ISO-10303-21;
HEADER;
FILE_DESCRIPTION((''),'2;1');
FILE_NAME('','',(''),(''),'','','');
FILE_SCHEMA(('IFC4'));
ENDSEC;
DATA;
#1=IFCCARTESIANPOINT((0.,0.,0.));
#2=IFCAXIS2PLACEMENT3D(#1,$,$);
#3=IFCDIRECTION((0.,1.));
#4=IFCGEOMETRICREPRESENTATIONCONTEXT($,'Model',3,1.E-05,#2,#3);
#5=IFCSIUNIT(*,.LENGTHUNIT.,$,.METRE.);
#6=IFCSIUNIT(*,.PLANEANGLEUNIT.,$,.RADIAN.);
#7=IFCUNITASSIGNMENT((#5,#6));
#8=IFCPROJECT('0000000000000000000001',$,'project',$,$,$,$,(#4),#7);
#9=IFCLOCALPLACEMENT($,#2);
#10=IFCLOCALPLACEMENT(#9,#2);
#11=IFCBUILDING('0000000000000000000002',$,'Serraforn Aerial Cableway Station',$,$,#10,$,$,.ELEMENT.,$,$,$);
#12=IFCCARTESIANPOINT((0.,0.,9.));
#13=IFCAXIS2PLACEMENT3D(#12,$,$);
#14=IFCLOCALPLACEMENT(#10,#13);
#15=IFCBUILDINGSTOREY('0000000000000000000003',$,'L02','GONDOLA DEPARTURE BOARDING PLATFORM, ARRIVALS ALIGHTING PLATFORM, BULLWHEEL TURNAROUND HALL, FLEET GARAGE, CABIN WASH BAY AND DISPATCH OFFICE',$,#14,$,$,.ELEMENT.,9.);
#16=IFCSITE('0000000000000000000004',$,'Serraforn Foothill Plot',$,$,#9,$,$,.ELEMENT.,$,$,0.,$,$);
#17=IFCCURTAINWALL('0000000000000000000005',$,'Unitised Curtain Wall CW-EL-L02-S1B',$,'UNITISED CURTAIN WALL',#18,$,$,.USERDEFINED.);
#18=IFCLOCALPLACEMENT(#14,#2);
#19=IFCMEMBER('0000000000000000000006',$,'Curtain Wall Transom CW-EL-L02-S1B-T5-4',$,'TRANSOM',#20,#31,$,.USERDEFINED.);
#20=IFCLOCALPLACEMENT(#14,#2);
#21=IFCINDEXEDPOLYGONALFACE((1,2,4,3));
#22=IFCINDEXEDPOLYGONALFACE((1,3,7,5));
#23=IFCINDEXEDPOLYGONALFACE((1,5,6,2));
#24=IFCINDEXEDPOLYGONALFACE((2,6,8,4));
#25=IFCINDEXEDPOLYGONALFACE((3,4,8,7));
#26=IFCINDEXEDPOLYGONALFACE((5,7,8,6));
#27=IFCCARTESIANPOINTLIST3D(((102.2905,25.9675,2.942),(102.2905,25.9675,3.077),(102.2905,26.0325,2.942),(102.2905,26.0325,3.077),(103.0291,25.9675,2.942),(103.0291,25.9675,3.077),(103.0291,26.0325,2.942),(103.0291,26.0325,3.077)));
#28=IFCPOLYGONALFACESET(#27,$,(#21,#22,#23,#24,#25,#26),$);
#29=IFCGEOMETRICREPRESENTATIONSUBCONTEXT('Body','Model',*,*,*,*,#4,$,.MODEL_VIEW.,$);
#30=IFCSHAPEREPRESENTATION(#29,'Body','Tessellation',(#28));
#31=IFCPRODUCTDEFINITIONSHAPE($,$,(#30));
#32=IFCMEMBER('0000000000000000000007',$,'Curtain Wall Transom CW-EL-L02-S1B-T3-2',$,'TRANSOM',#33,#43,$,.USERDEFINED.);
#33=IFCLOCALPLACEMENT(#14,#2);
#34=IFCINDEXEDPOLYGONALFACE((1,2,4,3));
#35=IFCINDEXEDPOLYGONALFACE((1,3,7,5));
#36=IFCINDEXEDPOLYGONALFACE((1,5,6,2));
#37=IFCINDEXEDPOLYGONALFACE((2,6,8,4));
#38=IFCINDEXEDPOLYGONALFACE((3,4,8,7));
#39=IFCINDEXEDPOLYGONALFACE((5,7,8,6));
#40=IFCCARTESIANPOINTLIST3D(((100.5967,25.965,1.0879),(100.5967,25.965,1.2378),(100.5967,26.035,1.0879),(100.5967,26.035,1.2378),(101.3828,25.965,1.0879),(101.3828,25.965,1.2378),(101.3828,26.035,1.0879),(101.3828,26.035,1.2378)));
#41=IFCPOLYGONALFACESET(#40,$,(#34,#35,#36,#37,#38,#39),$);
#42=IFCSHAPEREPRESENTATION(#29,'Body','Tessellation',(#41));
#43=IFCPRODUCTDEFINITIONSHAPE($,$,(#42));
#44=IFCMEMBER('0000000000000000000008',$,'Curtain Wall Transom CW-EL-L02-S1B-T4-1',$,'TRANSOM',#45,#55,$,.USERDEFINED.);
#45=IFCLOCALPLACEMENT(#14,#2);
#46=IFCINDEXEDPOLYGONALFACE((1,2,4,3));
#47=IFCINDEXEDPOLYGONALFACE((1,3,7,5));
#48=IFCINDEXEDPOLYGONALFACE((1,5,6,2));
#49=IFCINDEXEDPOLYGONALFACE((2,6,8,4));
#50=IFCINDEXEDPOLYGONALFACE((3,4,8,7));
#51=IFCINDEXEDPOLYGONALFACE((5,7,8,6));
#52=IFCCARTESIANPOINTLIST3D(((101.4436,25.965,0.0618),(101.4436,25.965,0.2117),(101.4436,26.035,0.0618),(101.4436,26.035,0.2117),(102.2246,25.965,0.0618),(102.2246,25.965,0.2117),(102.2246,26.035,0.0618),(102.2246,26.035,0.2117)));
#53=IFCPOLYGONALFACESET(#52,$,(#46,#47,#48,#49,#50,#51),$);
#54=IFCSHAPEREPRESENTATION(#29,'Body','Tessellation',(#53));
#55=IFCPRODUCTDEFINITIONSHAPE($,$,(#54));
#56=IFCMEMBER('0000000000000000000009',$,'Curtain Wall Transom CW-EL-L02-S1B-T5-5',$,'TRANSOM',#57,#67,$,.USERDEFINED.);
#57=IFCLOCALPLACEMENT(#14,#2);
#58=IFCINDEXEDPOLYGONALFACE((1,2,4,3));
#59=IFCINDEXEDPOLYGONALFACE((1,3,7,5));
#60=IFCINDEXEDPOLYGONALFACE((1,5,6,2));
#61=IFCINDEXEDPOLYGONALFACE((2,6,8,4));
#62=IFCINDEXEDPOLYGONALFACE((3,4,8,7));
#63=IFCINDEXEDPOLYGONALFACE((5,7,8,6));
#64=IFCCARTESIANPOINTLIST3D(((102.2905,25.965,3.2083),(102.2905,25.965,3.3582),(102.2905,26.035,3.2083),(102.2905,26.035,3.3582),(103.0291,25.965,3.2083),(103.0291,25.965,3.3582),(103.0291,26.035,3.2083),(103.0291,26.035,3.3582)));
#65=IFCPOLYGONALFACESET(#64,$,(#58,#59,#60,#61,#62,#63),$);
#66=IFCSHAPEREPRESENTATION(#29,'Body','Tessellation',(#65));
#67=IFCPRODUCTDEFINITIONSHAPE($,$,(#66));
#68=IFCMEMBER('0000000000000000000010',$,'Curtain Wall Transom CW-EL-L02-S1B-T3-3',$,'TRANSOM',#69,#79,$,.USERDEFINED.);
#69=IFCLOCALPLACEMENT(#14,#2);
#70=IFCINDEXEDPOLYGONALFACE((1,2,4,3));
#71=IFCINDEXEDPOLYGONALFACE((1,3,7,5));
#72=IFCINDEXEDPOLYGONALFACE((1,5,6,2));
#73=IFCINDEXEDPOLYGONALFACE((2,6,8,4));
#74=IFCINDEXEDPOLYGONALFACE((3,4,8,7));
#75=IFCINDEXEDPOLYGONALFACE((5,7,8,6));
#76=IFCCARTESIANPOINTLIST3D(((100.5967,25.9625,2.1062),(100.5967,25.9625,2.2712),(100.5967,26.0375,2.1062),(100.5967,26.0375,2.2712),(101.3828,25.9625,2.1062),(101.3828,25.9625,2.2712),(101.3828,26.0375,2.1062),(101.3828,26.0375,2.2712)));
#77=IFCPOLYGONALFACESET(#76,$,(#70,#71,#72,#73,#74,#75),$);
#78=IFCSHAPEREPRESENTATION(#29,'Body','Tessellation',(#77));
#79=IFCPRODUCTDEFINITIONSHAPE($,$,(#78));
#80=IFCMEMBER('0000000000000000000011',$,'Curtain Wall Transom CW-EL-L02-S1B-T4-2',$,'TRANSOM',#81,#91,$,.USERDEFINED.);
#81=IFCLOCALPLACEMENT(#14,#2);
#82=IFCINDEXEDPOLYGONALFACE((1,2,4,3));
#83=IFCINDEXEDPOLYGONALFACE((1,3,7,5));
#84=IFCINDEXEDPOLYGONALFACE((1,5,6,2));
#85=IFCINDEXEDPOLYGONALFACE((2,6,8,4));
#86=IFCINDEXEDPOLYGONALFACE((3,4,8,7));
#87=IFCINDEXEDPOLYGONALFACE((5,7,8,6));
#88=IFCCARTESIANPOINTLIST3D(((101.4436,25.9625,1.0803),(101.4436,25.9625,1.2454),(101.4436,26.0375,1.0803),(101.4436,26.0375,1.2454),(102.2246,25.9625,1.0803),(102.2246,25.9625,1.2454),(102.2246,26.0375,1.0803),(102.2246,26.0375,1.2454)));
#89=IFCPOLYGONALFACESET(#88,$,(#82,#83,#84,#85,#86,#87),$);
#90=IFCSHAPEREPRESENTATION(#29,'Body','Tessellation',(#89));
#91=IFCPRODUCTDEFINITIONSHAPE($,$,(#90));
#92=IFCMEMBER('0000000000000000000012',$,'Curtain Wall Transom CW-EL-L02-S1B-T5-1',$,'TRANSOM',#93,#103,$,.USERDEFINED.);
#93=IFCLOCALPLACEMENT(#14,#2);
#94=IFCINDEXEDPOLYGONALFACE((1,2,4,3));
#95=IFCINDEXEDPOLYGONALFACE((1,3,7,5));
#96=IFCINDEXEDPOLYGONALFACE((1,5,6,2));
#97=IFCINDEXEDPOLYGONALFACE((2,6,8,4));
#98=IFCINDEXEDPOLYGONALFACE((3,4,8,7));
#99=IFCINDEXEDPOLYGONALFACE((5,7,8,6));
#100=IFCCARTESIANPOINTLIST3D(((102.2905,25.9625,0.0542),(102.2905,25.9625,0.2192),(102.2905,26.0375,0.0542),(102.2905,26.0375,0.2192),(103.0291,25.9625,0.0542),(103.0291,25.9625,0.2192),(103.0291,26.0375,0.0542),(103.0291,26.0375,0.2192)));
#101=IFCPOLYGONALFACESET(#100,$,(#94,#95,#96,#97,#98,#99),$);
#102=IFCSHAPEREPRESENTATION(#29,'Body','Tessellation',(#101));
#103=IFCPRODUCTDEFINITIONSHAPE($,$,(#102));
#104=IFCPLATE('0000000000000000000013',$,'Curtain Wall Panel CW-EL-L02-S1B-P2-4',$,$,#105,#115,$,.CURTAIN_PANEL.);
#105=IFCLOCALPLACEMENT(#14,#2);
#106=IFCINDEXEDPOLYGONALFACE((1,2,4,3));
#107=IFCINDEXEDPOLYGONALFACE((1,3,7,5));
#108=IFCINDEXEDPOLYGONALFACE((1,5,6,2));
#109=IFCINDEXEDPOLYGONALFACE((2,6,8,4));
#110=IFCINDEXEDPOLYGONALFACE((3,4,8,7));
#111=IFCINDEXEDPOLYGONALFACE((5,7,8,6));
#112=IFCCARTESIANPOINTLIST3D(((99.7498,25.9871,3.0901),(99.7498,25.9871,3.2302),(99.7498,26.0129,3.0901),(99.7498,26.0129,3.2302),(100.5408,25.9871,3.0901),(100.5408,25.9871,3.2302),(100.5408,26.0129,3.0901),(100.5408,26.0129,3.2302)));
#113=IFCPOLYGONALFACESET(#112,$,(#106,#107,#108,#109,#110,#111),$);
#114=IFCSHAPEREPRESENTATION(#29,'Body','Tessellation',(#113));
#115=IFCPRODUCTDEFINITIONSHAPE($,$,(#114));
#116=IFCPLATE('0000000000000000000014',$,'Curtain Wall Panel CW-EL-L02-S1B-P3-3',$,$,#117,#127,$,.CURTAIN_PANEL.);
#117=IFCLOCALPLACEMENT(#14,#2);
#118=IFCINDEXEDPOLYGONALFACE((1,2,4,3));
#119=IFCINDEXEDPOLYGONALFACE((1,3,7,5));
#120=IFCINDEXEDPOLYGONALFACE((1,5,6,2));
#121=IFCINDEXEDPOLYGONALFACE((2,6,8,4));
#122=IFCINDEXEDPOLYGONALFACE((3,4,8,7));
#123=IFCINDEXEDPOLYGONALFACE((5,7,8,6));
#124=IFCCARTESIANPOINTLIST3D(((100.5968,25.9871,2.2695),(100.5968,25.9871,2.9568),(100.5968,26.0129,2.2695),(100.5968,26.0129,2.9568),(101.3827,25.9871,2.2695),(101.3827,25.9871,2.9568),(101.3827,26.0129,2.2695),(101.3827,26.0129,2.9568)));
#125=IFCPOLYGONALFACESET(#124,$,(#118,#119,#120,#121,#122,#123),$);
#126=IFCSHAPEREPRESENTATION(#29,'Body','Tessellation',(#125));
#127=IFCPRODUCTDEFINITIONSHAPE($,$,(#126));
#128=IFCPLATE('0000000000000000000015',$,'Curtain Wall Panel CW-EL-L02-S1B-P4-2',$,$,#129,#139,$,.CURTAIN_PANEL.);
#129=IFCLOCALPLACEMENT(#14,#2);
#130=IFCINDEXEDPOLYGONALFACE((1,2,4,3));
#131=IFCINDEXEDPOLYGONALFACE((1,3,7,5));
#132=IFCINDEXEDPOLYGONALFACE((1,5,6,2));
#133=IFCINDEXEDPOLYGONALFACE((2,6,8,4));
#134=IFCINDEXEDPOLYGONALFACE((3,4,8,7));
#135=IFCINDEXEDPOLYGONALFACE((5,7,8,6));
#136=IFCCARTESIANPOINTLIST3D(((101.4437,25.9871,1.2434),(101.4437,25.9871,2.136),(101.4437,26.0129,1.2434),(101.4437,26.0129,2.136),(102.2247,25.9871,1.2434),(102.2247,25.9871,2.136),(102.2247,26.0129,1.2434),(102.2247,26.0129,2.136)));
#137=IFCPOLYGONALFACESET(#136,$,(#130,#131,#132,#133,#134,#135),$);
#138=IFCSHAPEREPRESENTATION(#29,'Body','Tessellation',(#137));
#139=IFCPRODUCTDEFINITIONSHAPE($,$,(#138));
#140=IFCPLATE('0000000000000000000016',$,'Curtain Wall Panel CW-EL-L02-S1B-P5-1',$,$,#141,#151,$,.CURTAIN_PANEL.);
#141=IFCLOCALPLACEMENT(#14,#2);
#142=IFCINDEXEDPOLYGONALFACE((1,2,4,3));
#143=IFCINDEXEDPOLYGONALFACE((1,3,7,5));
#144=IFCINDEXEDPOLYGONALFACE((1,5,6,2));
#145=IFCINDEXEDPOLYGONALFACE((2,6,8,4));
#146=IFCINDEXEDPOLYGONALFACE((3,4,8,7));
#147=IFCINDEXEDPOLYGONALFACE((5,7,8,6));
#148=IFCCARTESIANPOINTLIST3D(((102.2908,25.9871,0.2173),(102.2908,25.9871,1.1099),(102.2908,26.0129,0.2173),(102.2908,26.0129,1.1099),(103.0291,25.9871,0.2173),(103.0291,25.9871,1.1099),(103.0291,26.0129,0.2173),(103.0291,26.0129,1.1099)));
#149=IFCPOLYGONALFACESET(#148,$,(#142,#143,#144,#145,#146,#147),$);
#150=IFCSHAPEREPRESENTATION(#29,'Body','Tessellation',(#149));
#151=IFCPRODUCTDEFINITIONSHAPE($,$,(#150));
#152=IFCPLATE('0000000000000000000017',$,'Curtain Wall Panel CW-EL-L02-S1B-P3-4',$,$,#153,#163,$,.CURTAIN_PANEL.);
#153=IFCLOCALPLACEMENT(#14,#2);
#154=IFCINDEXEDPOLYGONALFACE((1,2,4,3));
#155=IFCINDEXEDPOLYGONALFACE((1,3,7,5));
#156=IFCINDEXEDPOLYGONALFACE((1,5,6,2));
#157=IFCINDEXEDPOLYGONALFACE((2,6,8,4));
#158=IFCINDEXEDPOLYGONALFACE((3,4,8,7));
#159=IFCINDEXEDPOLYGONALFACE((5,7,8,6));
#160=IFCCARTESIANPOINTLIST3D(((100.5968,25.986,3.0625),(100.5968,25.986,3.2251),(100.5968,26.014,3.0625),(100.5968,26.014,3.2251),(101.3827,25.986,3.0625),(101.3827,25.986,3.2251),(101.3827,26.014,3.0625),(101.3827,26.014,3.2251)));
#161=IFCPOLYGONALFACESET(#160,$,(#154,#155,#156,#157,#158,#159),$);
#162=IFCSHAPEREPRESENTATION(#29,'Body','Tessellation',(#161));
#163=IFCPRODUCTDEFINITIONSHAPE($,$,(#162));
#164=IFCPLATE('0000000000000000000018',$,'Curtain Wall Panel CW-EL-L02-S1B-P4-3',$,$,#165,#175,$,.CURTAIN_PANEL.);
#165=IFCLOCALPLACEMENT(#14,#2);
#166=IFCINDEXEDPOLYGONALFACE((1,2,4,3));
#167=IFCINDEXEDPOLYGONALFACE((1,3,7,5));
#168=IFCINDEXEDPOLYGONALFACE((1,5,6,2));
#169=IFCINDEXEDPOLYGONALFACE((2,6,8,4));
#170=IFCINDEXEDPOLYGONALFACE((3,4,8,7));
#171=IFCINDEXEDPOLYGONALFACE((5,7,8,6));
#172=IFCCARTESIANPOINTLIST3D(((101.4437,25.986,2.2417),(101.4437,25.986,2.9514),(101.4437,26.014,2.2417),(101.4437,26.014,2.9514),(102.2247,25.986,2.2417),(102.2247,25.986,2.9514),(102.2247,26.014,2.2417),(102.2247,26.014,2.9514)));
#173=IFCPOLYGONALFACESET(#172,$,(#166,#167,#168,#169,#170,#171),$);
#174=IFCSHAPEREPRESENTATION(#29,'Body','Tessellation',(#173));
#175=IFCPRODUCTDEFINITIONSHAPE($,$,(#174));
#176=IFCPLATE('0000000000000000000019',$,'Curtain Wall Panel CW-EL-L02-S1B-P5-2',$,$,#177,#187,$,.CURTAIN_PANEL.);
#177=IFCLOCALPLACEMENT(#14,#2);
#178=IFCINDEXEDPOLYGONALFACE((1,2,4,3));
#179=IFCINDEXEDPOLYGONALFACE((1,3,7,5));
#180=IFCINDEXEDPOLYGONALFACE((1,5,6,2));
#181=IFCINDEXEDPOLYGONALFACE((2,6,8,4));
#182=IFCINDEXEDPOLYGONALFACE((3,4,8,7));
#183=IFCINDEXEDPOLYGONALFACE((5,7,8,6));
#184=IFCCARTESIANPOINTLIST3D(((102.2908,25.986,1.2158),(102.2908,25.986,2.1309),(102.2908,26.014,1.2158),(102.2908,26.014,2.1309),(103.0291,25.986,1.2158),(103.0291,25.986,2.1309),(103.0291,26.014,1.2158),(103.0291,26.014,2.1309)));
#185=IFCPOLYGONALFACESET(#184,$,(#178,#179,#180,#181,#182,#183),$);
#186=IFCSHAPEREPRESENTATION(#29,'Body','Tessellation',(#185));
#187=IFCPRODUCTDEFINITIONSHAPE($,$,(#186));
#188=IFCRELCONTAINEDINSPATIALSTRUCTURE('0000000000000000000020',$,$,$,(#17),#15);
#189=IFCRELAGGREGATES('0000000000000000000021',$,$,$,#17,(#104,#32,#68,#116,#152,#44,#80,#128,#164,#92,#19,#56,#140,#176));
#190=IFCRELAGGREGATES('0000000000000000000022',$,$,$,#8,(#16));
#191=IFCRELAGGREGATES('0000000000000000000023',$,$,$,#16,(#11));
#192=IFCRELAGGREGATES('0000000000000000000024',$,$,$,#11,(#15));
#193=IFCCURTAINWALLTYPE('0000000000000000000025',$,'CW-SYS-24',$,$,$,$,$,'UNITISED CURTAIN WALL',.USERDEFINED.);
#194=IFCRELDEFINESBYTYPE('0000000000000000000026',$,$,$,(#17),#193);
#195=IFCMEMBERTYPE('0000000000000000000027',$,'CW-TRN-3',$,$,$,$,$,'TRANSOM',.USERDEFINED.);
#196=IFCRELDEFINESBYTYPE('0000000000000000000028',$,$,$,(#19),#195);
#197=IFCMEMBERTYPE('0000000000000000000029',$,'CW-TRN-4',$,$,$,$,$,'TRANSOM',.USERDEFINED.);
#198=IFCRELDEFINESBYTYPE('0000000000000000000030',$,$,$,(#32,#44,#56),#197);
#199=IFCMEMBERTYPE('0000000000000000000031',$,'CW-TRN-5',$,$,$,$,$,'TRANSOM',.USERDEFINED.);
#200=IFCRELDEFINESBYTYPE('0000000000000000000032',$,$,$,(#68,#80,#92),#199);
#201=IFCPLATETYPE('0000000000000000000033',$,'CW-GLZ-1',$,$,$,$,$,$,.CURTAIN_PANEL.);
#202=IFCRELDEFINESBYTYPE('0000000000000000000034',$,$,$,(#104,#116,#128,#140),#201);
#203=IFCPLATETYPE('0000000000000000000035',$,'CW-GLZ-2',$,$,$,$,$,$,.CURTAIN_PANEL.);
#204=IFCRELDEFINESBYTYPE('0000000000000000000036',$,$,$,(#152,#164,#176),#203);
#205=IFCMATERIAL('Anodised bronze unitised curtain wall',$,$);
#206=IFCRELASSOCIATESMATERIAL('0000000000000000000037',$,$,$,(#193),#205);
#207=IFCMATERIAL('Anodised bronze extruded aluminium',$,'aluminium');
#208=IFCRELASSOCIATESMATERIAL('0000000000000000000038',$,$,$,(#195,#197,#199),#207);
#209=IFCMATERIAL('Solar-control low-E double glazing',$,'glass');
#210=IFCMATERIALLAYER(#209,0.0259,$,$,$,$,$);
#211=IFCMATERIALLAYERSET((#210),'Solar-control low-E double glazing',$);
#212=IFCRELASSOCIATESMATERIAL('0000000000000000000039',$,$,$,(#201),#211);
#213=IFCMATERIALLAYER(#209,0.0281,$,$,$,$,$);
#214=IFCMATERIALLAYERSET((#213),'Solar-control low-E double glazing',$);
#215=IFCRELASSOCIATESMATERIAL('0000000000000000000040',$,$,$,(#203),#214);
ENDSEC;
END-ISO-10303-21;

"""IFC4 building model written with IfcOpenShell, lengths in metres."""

from ifc_helpers import new_model, si_unit, direction, frame, origin, origin_2d, place, context, subcontext, project, spatial, rectangle, extrude, material, layer, layer_set, material_profile, profile_set, type_object, element, aggregate, save


model = new_model("IFC4")

# Units and contexts
model_context = context("Model", 3, precision=1e-05, world=origin(), true_north=direction((0.0, 1.0)))
body_context = subcontext(model_context, "Body", "Model", "MODEL_VIEW")
ifc_project = project(units=[si_unit("LENGTHUNIT", "METRE"), si_unit("PLANEANGLEUNIT", "RADIAN")], contexts=[model_context])

# Site, building, storey
site_placement = place(None, origin())
site = spatial("IfcSite", under=ifc_project, at=site_placement, Name="Serraforn Foothill Plot", CompositionType="ELEMENT", RefElevation=0.0)
building_placement = place(site_placement, origin())
building = spatial("IfcBuilding", under=site, at=building_placement, Name="Serraforn Aerial Cableway Station", CompositionType="ELEMENT")
storey_placement = place(building_placement, frame((0.0, 0.0, 9.0)))
storey = spatial("IfcBuildingStorey", under=building, at=storey_placement, Name="L02", Description="GONDOLA DEPARTURE BOARDING PLATFORM, ARRIVALS ALIGHTING PLATFORM, BULLWHEEL TURNAROUND HALL, FLEET GARAGE, CABIN WASH BAY AND DISPATCH OFFICE", CompositionType="ELEMENT", Elevation=9.0)

# Shared definitions
ifc_material_1 = material(Name="Anodised bronze unitised curtain wall")
ifc_material_2 = material(Name="Anodised bronze extruded aluminium", Category="aluminium")

# Curtain wall
curtain_wall_type_1 = type_object("IfcCurtainWallType", Name="CW-SYS-24", ElementType="UNITISED CURTAIN WALL", PredefinedType="USERDEFINED", material=ifc_material_1)
curtain_wall_1_placement = place(storey_placement, origin())
curtain_wall_1 = element("IfcCurtainWall", 1, at=curtain_wall_1_placement, inside=storey, type_object=curtain_wall_type_1, Name="Unitised Curtain Wall CW-EL-L02-S1B", ObjectType="UNITISED CURTAIN WALL", PredefinedType="USERDEFINED")

# Members
ifc_material_profile_1 = material_profile(ifc_material_2, rectangle(XDim=0.0649, YDim=0.135, at=origin_2d()), Name="CW TRANSOM 65x135")
ifc_profile_set_1 = profile_set([ifc_material_profile_1], Name="Anodised bronze extruded aluminium")
member_type_1 = type_object("IfcMemberType", Name="CW-TRN-3", ElementType="TRANSOM", PredefinedType="USERDEFINED", material=ifc_profile_set_1)
member_1_placement = place(storey_placement, frame((102.2905, 26.0, 3.0095), z_axis=(1.0, 0.0, 0.0), x_axis=(0.0, 1.0, 0.0)))
member_1 = element("IfcMember", 2, at=member_1_placement, type_object=member_type_1, Name="Curtain Wall Transom CW-EL-L02-S1B-T5-4", ObjectType="TRANSOM", PredefinedType="USERDEFINED", context=body_context, shape_type="SweptSolid", body=[
    extrude(rectangle(XDim=0.0649, YDim=0.135, at=origin_2d()), origin(), (0.0, 0.0, 1.0), 0.7385),
])
ifc_material_profile_2 = material_profile(ifc_material_2, rectangle(XDim=0.0701, YDim=0.1499, at=origin_2d()), Name="CW TRANSOM 70x150")
ifc_profile_set_2 = profile_set([ifc_material_profile_2], Name="Anodised bronze extruded aluminium")
member_type_2 = type_object("IfcMemberType", Name="CW-TRN-4", ElementType="TRANSOM", PredefinedType="USERDEFINED", material=ifc_profile_set_2)
member_2_placement = place(storey_placement, frame((100.5967, 26.0, 1.1628), z_axis=(1.0, 0.0, 0.0), x_axis=(0.0, 1.0, 0.0)))
member_2 = element("IfcMember", 3, at=member_2_placement, type_object=member_type_2, Name="Curtain Wall Transom CW-EL-L02-S1B-T3-2", ObjectType="TRANSOM", PredefinedType="USERDEFINED", context=body_context, shape_type="SweptSolid", body=[
    extrude(rectangle(XDim=0.0701, YDim=0.1499, at=origin_2d()), origin(), (0.0, 0.0, 1.0), 0.7861),
])
member_3_placement = place(storey_placement, frame((101.4436, 26.0, 0.1367), z_axis=(1.0, 0.0, 0.0), x_axis=(0.0, 1.0, 0.0)))
member_3 = element("IfcMember", 4, at=member_3_placement, type_object=member_type_2, Name="Curtain Wall Transom CW-EL-L02-S1B-T4-1", ObjectType="TRANSOM", PredefinedType="USERDEFINED", context=body_context, shape_type="SweptSolid", body=[
    extrude(rectangle(XDim=0.0701, YDim=0.1499, at=origin_2d()), origin(), (0.0, 0.0, 1.0), 0.781),
])
member_4_placement = place(storey_placement, frame((102.2905, 26.0, 3.2832), z_axis=(1.0, 0.0, 0.0), x_axis=(0.0, 1.0, 0.0)))
member_4 = element("IfcMember", 5, at=member_4_placement, type_object=member_type_2, Name="Curtain Wall Transom CW-EL-L02-S1B-T5-5", ObjectType="TRANSOM", PredefinedType="USERDEFINED", context=body_context, shape_type="SweptSolid", body=[
    extrude(rectangle(XDim=0.0701, YDim=0.1499, at=origin_2d()), origin(), (0.0, 0.0, 1.0), 0.7385),
])
ifc_material_profile_3 = material_profile(ifc_material_2, rectangle(XDim=0.075, YDim=0.165, at=origin_2d()), Name="CW TRANSOM 75x165")
ifc_profile_set_3 = profile_set([ifc_material_profile_3], Name="Anodised bronze extruded aluminium")
member_type_3 = type_object("IfcMemberType", Name="CW-TRN-5", ElementType="TRANSOM", PredefinedType="USERDEFINED", material=ifc_profile_set_3)
member_5_placement = place(storey_placement, frame((100.5967, 26.0, 2.1887), z_axis=(1.0, 0.0, 0.0), x_axis=(0.0, 1.0, 0.0)))
member_5 = element("IfcMember", 6, at=member_5_placement, type_object=member_type_3, Name="Curtain Wall Transom CW-EL-L02-S1B-T3-3", ObjectType="TRANSOM", PredefinedType="USERDEFINED", context=body_context, shape_type="SweptSolid", body=[
    extrude(rectangle(XDim=0.075, YDim=0.165, at=origin_2d()), origin(), (0.0, 0.0, 1.0), 0.7861),
])
member_6_placement = place(storey_placement, frame((101.4436, 26.0, 1.1628), z_axis=(1.0, 0.0, 0.0), x_axis=(0.0, 1.0, 0.0)))
member_6 = element("IfcMember", 7, at=member_6_placement, type_object=member_type_3, Name="Curtain Wall Transom CW-EL-L02-S1B-T4-2", ObjectType="TRANSOM", PredefinedType="USERDEFINED", context=body_context, shape_type="SweptSolid", body=[
    extrude(rectangle(XDim=0.075, YDim=0.165, at=origin_2d()), origin(), (0.0, 0.0, 1.0), 0.781),
])
member_7_placement = place(storey_placement, frame((102.2905, 26.0, 0.1367), z_axis=(1.0, 0.0, 0.0), x_axis=(0.0, 1.0, 0.0)))
member_7 = element("IfcMember", 8, at=member_7_placement, type_object=member_type_3, Name="Curtain Wall Transom CW-EL-L02-S1B-T5-1", ObjectType="TRANSOM", PredefinedType="USERDEFINED", context=body_context, shape_type="SweptSolid", body=[
    extrude(rectangle(XDim=0.075, YDim=0.165, at=origin_2d()), origin(), (0.0, 0.0, 1.0), 0.7385),
])

# Plates
ifc_material_3 = material(Name="Solar-control low-E double glazing", Category="glass")
ifc_layer_1 = layer(ifc_material_3, 0.0259)
ifc_layer_set_1 = layer_set([ifc_layer_1], Name="Solar-control low-E double glazing")
plate_type_1 = type_object("IfcPlateType", Name="CW-GLZ-1", PredefinedType="CURTAIN_PANEL", material=ifc_layer_set_1)
plate_1_placement = place(storey_placement, frame((100.1453, 26.0, 3.0901), z_axis=(0.0, 0.0, 1.0), x_axis=(1.0, 0.0, 0.0)))
plate_1 = element("IfcPlate", 9, at=plate_1_placement, type_object=plate_type_1, Name="Curtain Wall Panel CW-EL-L02-S1B-P2-4", PredefinedType="CURTAIN_PANEL", context=body_context, shape_type="SweptSolid", body=[
    extrude(rectangle(XDim=0.791, YDim=0.0259, at=origin_2d()), origin(), (0.0, 0.0, 1.0), 0.1401),
])
plate_2_placement = place(storey_placement, frame((100.9897, 26.0, 2.2695), z_axis=(0.0, 0.0, 1.0), x_axis=(1.0, 0.0, 0.0)))
plate_2 = element("IfcPlate", 10, at=plate_2_placement, type_object=plate_type_1, Name="Curtain Wall Panel CW-EL-L02-S1B-P3-3", PredefinedType="CURTAIN_PANEL", context=body_context, shape_type="SweptSolid", body=[
    extrude(rectangle(XDim=0.7859, YDim=0.0259, at=origin_2d()), origin(), (0.0, 0.0, 1.0), 0.6873),
])
plate_3_placement = place(storey_placement, frame((101.8342, 26.0, 1.2434), z_axis=(0.0, 0.0, 1.0), x_axis=(1.0, 0.0, 0.0)))
plate_3 = element("IfcPlate", 11, at=plate_3_placement, type_object=plate_type_1, Name="Curtain Wall Panel CW-EL-L02-S1B-P4-2", PredefinedType="CURTAIN_PANEL", context=body_context, shape_type="SweptSolid", body=[
    extrude(rectangle(XDim=0.781, YDim=0.0259, at=origin_2d()), origin(), (0.0, 0.0, 1.0), 0.8926),
])
plate_4_placement = place(storey_placement, frame((102.6599, 26.0, 0.2173), z_axis=(0.0, 0.0, 1.0), x_axis=(1.0, 0.0, 0.0)))
plate_4 = element("IfcPlate", 12, at=plate_4_placement, type_object=plate_type_1, Name="Curtain Wall Panel CW-EL-L02-S1B-P5-1", PredefinedType="CURTAIN_PANEL", context=body_context, shape_type="SweptSolid", body=[
    extrude(rectangle(XDim=0.7383, YDim=0.0259, at=origin_2d()), origin(), (0.0, 0.0, 1.0), 0.8926),
])
ifc_layer_2 = layer(ifc_material_3, 0.0281)
ifc_layer_set_2 = layer_set([ifc_layer_2], Name="Solar-control low-E double glazing")
plate_type_2 = type_object("IfcPlateType", Name="CW-GLZ-2", PredefinedType="CURTAIN_PANEL", material=ifc_layer_set_2)
plate_5_placement = place(storey_placement, frame((100.9897, 26.0, 3.0625), z_axis=(0.0, 0.0, 1.0), x_axis=(1.0, 0.0, 0.0)))
plate_5 = element("IfcPlate", 13, at=plate_5_placement, type_object=plate_type_2, Name="Curtain Wall Panel CW-EL-L02-S1B-P3-4", PredefinedType="CURTAIN_PANEL", context=body_context, shape_type="SweptSolid", body=[
    extrude(rectangle(XDim=0.7859, YDim=0.0281, at=origin_2d()), origin(), (0.0, 0.0, 1.0), 0.1626),
])
plate_6_placement = place(storey_placement, frame((101.8342, 26.0, 2.2417), z_axis=(0.0, 0.0, 1.0), x_axis=(1.0, 0.0, 0.0)))
plate_6 = element("IfcPlate", 14, at=plate_6_placement, type_object=plate_type_2, Name="Curtain Wall Panel CW-EL-L02-S1B-P4-3", PredefinedType="CURTAIN_PANEL", context=body_context, shape_type="SweptSolid", body=[
    extrude(rectangle(XDim=0.781, YDim=0.0281, at=origin_2d()), origin(), (0.0, 0.0, 1.0), 0.7097),
])
plate_7_placement = place(storey_placement, frame((102.6599, 26.0, 1.2158), z_axis=(0.0, 0.0, 1.0), x_axis=(1.0, 0.0, 0.0)))
plate_7 = element("IfcPlate", 15, at=plate_7_placement, type_object=plate_type_2, Name="Curtain Wall Panel CW-EL-L02-S1B-P5-2", PredefinedType="CURTAIN_PANEL", context=body_context, shape_type="SweptSolid", body=[
    extrude(rectangle(XDim=0.7383, YDim=0.0281, at=origin_2d()), origin(), (0.0, 0.0, 1.0), 0.915),
])
aggregate(curtain_wall_1, [plate_1, member_2, member_5, plate_2, plate_5, member_3, member_6, plate_3, plate_6, member_7, member_1, member_4, plate_4, plate_7])

save(model, "model.ifc")
